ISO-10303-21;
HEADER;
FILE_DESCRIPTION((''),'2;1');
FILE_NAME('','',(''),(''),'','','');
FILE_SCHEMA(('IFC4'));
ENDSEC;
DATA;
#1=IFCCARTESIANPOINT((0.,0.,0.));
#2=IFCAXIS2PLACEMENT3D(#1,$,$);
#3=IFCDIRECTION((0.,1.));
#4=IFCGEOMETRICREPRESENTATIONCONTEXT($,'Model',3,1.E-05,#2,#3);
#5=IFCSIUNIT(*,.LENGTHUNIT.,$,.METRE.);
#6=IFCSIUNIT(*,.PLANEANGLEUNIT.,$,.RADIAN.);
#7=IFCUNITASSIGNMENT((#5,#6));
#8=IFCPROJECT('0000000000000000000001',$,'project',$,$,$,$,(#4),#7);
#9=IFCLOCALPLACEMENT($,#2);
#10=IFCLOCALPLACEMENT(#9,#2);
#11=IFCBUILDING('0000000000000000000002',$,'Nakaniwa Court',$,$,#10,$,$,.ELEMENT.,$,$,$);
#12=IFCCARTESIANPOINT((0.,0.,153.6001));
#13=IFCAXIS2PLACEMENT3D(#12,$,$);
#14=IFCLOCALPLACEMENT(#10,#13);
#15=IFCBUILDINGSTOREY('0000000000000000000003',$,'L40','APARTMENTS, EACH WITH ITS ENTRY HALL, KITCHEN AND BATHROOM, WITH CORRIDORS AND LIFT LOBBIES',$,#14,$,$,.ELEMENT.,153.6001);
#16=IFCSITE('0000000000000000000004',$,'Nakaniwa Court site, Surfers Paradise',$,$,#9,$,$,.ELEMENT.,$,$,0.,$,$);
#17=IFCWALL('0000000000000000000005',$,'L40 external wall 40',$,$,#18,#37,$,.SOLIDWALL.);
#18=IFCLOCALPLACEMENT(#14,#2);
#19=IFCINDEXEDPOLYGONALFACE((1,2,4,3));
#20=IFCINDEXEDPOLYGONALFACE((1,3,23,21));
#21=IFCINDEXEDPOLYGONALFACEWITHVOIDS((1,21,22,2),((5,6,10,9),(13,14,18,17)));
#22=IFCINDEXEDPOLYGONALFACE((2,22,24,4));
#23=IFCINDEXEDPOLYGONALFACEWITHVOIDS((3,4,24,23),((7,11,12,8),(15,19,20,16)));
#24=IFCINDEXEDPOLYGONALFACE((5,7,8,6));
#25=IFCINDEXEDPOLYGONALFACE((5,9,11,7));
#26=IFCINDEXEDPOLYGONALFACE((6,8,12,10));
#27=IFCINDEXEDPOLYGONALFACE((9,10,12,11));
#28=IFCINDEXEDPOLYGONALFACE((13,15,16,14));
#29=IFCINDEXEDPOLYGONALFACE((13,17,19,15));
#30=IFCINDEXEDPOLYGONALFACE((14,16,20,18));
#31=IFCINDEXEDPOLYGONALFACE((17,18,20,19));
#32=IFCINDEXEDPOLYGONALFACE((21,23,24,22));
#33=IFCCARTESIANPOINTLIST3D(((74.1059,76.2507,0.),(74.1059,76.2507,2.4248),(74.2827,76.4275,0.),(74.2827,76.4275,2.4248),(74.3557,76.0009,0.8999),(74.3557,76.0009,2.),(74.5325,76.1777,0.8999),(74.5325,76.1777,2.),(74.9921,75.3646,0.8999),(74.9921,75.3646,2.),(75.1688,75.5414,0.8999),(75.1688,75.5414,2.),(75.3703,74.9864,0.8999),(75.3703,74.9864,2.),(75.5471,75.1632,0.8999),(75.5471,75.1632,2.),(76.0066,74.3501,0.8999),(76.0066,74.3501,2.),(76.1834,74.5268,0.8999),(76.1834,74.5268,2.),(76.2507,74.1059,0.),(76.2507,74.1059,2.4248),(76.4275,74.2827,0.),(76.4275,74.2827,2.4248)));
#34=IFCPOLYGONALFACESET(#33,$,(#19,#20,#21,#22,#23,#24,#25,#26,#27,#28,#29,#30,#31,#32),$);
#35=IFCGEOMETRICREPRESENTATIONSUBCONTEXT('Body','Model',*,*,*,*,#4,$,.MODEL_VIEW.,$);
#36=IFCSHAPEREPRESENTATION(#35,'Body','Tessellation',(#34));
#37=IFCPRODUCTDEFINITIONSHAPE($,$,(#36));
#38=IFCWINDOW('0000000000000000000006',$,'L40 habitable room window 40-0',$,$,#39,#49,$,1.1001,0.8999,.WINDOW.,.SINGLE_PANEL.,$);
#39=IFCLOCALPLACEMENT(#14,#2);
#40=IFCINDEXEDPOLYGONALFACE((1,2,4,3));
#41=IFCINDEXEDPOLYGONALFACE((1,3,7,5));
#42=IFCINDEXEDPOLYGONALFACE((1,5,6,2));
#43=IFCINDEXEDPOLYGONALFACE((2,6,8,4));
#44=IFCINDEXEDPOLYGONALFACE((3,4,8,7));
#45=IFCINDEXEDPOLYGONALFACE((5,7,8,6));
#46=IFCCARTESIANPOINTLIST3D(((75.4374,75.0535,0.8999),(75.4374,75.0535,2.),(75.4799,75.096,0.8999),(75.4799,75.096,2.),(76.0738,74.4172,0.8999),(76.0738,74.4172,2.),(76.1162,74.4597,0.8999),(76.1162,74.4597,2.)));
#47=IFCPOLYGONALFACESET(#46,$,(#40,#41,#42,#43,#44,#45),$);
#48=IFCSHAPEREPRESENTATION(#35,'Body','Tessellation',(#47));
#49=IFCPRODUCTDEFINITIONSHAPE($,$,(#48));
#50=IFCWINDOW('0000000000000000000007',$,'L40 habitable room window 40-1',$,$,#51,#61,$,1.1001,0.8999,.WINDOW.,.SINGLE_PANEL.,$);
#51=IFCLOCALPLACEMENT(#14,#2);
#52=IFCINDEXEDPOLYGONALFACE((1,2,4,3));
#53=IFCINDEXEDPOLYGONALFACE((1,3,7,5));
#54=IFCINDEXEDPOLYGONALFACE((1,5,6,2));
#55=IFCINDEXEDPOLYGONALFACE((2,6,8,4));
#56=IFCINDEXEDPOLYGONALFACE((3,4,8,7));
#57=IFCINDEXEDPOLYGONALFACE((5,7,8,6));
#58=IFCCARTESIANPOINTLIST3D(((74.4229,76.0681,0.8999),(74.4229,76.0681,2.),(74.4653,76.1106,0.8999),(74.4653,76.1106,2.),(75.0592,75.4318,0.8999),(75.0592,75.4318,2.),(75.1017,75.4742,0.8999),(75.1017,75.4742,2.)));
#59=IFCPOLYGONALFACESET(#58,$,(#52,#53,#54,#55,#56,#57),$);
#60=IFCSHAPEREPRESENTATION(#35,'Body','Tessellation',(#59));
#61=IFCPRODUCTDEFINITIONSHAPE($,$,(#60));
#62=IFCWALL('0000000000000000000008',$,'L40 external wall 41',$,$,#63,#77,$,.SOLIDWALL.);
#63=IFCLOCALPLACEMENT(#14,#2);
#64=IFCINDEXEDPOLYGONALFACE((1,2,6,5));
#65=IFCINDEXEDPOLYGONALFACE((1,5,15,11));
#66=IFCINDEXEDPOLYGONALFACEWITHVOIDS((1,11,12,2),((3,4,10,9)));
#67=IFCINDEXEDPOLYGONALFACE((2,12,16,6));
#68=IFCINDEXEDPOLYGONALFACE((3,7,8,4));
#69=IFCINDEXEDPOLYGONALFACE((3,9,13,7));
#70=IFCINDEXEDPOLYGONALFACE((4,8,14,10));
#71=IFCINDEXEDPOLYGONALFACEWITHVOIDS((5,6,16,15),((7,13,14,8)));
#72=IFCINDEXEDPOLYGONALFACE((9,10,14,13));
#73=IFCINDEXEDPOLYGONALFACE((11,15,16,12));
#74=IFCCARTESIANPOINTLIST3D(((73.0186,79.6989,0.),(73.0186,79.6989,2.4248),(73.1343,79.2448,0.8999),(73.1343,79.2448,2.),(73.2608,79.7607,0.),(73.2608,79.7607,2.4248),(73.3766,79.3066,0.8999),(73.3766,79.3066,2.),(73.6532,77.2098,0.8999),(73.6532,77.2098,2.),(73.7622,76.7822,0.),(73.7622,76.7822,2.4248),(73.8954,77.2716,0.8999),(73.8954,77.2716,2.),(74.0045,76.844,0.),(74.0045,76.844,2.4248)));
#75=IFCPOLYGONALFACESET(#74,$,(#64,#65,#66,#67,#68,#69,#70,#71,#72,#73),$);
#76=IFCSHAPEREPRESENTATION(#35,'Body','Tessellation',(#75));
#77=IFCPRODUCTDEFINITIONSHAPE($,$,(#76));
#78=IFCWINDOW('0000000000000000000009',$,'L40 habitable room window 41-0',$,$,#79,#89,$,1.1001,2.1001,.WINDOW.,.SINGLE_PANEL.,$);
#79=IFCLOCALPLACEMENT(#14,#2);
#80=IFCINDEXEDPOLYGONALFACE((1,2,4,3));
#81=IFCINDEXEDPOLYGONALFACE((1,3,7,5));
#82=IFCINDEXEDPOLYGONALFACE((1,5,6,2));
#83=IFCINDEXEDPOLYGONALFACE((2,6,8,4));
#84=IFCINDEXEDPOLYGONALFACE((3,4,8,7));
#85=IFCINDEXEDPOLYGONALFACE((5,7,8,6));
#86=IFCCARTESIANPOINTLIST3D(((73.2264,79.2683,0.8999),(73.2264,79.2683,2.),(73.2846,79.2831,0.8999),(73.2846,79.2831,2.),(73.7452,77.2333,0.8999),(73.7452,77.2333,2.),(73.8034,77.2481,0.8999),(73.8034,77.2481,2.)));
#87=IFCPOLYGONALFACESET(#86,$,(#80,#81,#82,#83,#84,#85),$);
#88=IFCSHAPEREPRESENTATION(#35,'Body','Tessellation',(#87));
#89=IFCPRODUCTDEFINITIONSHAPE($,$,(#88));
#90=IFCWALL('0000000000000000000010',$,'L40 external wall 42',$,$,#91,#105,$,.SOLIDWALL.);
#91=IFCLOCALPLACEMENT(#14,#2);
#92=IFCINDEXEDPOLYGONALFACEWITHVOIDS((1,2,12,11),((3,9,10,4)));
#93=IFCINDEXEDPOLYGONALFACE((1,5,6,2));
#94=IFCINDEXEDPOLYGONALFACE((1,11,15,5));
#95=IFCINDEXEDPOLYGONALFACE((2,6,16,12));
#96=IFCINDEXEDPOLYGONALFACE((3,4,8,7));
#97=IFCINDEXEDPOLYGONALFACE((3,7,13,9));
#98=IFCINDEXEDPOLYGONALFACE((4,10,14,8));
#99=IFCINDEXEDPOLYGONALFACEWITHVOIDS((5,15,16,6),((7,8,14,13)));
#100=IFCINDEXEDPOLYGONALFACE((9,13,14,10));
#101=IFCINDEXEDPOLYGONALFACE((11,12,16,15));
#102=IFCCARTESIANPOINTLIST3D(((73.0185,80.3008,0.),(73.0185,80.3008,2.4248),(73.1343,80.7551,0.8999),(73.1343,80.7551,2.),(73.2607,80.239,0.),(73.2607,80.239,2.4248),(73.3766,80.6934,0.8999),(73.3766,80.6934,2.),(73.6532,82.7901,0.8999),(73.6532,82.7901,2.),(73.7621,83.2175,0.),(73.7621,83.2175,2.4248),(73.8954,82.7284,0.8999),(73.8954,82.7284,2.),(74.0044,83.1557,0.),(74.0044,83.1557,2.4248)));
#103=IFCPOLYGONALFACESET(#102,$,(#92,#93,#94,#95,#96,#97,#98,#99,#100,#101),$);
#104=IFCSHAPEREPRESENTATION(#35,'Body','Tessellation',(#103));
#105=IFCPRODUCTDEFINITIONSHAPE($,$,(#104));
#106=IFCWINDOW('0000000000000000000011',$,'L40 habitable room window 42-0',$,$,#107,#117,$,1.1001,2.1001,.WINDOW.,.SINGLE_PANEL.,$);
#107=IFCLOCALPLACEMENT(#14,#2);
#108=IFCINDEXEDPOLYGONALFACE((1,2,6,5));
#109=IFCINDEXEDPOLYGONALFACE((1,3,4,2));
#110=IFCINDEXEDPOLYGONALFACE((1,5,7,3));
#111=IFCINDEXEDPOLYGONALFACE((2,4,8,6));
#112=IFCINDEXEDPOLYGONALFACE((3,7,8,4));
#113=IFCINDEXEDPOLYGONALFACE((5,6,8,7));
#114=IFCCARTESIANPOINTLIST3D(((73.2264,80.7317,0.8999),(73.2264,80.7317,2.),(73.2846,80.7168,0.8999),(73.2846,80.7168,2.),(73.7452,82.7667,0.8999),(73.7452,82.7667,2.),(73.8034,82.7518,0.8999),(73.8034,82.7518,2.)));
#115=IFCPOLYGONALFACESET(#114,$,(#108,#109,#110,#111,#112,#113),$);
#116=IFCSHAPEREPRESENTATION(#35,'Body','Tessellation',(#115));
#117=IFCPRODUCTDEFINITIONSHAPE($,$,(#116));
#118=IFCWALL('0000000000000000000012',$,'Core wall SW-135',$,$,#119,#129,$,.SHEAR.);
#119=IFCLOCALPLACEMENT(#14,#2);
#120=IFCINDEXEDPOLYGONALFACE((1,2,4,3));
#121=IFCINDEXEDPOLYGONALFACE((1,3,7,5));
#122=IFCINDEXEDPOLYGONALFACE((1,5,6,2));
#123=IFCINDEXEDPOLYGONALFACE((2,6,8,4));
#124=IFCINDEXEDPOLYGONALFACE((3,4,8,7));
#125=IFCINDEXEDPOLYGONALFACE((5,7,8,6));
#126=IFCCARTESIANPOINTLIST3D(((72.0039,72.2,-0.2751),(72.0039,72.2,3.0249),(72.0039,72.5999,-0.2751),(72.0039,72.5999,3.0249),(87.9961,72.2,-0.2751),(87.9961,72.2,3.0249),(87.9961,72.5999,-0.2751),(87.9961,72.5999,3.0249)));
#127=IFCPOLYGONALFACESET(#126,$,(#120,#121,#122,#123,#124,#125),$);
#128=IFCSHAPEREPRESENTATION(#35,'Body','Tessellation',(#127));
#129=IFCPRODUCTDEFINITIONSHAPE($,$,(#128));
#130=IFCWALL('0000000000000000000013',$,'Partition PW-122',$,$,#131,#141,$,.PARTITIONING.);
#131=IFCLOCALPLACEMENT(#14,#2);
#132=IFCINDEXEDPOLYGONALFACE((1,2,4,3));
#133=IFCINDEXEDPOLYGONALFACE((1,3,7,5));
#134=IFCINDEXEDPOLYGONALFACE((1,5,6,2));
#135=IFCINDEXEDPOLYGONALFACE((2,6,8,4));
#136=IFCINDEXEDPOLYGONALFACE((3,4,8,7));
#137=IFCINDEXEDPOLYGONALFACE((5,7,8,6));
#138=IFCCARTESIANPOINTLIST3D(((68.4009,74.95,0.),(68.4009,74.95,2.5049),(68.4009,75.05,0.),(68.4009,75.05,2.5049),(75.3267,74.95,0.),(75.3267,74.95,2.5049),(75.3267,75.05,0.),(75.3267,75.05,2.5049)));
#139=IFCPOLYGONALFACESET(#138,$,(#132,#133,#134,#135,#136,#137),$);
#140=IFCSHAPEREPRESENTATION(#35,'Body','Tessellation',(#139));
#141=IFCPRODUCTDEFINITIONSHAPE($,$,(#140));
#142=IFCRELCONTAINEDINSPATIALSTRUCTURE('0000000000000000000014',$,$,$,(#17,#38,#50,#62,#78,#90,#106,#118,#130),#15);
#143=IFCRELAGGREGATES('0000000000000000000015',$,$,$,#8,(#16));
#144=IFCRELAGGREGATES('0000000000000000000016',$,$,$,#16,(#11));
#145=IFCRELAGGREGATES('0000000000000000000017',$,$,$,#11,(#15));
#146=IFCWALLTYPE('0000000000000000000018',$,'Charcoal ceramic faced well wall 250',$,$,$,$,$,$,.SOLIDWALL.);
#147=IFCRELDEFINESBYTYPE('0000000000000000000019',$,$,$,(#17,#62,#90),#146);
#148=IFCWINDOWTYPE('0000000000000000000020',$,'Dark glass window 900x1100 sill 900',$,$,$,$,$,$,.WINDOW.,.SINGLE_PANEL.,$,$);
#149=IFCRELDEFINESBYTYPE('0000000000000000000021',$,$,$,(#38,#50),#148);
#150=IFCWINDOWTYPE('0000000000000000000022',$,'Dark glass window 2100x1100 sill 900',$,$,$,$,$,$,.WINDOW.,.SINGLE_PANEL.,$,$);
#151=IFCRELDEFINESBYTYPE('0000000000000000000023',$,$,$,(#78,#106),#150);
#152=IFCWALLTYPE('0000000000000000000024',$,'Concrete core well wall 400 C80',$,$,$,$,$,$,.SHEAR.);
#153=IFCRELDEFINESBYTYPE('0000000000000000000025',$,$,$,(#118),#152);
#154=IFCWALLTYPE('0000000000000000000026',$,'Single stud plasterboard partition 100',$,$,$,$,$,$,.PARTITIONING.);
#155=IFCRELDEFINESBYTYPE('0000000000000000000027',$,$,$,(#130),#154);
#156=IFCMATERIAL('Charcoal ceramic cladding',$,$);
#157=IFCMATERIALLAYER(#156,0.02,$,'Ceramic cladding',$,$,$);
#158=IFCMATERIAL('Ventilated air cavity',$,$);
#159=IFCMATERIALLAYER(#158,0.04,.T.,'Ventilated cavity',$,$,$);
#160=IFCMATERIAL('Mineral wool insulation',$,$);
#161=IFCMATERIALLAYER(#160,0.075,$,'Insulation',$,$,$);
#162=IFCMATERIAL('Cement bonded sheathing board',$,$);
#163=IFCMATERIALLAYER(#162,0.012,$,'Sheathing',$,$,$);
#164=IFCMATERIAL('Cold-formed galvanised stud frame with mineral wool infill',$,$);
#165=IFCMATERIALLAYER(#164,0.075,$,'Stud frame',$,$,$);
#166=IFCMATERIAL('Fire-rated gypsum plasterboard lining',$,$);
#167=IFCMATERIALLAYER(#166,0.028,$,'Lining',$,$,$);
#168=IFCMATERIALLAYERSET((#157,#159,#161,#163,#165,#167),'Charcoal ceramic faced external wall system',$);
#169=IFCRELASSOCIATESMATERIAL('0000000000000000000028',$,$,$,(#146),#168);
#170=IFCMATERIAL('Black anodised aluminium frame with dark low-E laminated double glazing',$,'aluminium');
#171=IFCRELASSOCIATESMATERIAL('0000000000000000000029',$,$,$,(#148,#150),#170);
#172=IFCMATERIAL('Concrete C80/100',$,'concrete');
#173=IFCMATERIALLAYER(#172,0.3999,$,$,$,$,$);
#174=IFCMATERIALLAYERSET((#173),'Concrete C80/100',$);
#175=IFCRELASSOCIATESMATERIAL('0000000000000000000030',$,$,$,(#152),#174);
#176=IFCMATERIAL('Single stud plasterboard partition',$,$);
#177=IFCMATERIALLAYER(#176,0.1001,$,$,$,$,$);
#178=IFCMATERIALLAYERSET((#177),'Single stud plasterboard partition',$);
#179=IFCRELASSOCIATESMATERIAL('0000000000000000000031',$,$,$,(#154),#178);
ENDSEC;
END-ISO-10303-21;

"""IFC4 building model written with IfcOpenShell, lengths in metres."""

from ifc_helpers import new_model, si_unit, direction, frame, frame_2d, origin, place, context, subcontext, project, spatial, rectangle, extrude, material, layer, layer_set, type_object, element, fill, save


model = new_model("IFC4")

# Units and contexts
model_context = context("Model", 3, precision=1e-05, world=origin(), true_north=direction((0.0, 1.0)))
body_context = subcontext(model_context, "Body", "Model", "MODEL_VIEW")
ifc_project = project(units=[si_unit("LENGTHUNIT", "METRE"), si_unit("PLANEANGLEUNIT", "RADIAN")], contexts=[model_context])

# Site, building, storey
site_placement = place(None, origin())
site = spatial("IfcSite", under=ifc_project, at=site_placement, Name="Nakaniwa Court site, Surfers Paradise", CompositionType="ELEMENT", RefElevation=0.0)
building_placement = place(site_placement, origin())
building = spatial("IfcBuilding", under=site, at=building_placement, Name="Nakaniwa Court", CompositionType="ELEMENT")
storey_placement = place(building_placement, frame((0.0, 0.0, 153.6001)))
storey = spatial("IfcBuildingStorey", under=building, at=storey_placement, Name="L40", Description="APARTMENTS, EACH WITH ITS ENTRY HALL, KITCHEN AND BATHROOM, WITH CORRIDORS AND LIFT LOBBIES", CompositionType="ELEMENT", Elevation=153.6001)

# Shared definitions
ifc_material_1 = material(Name="Concrete C80/100", Category="concrete")

# Wall, openings, windows
ifc_material_2 = material(Name="Charcoal ceramic cladding")
ifc_layer_1 = layer(ifc_material_2, 0.02, Name="Ceramic cladding")
ifc_material_3 = material(Name="Ventilated air cavity")
ifc_layer_2 = layer(ifc_material_3, 0.04, ventilated=True, Name="Ventilated cavity")
ifc_material_4 = material(Name="Mineral wool insulation")
ifc_layer_3 = layer(ifc_material_4, 0.075, Name="Insulation")
ifc_material_5 = material(Name="Cement bonded sheathing board")
ifc_layer_4 = layer(ifc_material_5, 0.012, Name="Sheathing")
ifc_material_6 = material(Name="Cold-formed galvanised stud frame with mineral wool infill")
ifc_layer_5 = layer(ifc_material_6, 0.075, Name="Stud frame")
ifc_material_7 = material(Name="Fire-rated gypsum plasterboard lining")
ifc_layer_6 = layer(ifc_material_7, 0.028, Name="Lining")
ifc_layer_set_1 = layer_set([ifc_layer_1, ifc_layer_2, ifc_layer_3, ifc_layer_4, ifc_layer_5, ifc_layer_6], Name="Charcoal ceramic faced external wall system")
wall_type_1 = type_object("IfcWallType", Name="Charcoal ceramic faced well wall 250", PredefinedType="SOLIDWALL", material=ifc_layer_set_1)
wall_1_placement = place(storey_placement, frame((76.3391, 74.1943, 0.0), z_axis=(0.0, 0.0, 1.0), x_axis=(-0.707107, 0.707107, 0.0)))
wall_1 = element("IfcWall", 1, at=wall_1_placement, inside=storey, type_object=wall_type_1, Name="L40 external wall 40", PredefinedType="SOLIDWALL", context=body_context, shape_type="SweptSolid", body=[
    extrude(rectangle(XDim=3.0332, YDim=0.25, at=frame_2d((1.5166, 0.0))), origin(), (0.0, 0.0, 1.0), 2.4248),
])
opening_1_placement = place(wall_1_placement, frame((0.3452, 0.0, 0.8999)))
opening_1 = element("IfcOpeningElement", 2, at=opening_1_placement, cuts=wall_1, PredefinedType="OPENING", context=body_context, shape_type="SweptSolid", body=[
    extrude(rectangle(XDim=0.8999, YDim=1.1001, at=frame_2d((0.45, 0.55))), frame((0.0, 0.135, 0.0), z_axis=(0.0, -1.0, 0.0), x_axis=(1.0, 0.0, 0.0)), (0.0, 0.0, 1.0), 0.27),
])
opening_2_placement = place(wall_1_placement, frame((1.78, 0.0, 0.8999)))
opening_2 = element("IfcOpeningElement", 3, at=opening_2_placement, cuts=wall_1, PredefinedType="OPENING", context=body_context, shape_type="SweptSolid", body=[
    extrude(rectangle(XDim=0.8999, YDim=1.1001, at=frame_2d((0.45, 0.55))), frame((0.0, 0.135, 0.0), z_axis=(0.0, -1.0, 0.0), x_axis=(1.0, 0.0, 0.0)), (0.0, 0.0, 1.0), 0.27),
])
ifc_material_8 = material(Name="Black anodised aluminium frame with dark low-E laminated double glazing", Category="aluminium")
window_type_1 = type_object("IfcWindowType", Name="Dark glass window 900x1100 sill 900", PartitioningType="SINGLE_PANEL", PredefinedType="WINDOW", material=ifc_material_8)
window_1_placement = place(opening_1_placement, origin())
window_1 = element("IfcWindow", 4, at=window_1_placement, inside=storey, type_object=window_type_1, Name="L40 habitable room window 40-0", OverallHeight=1.1001, OverallWidth=0.8999, PartitioningType="SINGLE_PANEL", PredefinedType="WINDOW", context=body_context, shape_type="SweptSolid", body=[
    extrude(rectangle(XDim=0.8999, YDim=1.1001, at=frame_2d((0.45, 0.55))), frame((0.0, 0.03, 0.0), z_axis=(0.0, -1.0, 0.0), x_axis=(1.0, 0.0, 0.0)), (0.0, 0.0, 1.0), 0.0601),
])
fill(opening_1, window_1)
window_2_placement = place(opening_2_placement, origin())
window_2 = element("IfcWindow", 5, at=window_2_placement, inside=storey, type_object=window_type_1, Name="L40 habitable room window 40-1", OverallHeight=1.1001, OverallWidth=0.8999, PartitioningType="SINGLE_PANEL", PredefinedType="WINDOW", context=body_context, shape_type="SweptSolid", body=[
    extrude(rectangle(XDim=0.8999, YDim=1.1001, at=frame_2d((0.45, 0.55))), frame((0.0, 0.03, 0.0), z_axis=(0.0, -1.0, 0.0), x_axis=(1.0, 0.0, 0.0)), (0.0, 0.0, 1.0), 0.0601),
])
fill(opening_2, window_2)

# Walls, openings, windows
wall_2_placement = place(storey_placement, frame((73.8833, 76.8132, 0.0), z_axis=(0.0, 0.0, 1.0), x_axis=(-0.247056, 0.969001, 0.0)))
wall_2 = element("IfcWall", 6, at=wall_2_placement, inside=storey, type_object=wall_type_1, Name="L40 external wall 41", PredefinedType="SOLIDWALL", context=body_context, shape_type="SweptSolid", body=[
    extrude(rectangle(XDim=3.01, YDim=0.25, at=frame_2d((1.5049, 0.0))), origin(), (0.0, 0.0, 1.0), 2.4248),
])
opening_3_placement = place(wall_2_placement, frame((0.4412, 0.0, 0.8999)))
opening_3 = element("IfcOpeningElement", 7, at=opening_3_placement, cuts=wall_2, PredefinedType="OPENING", context=body_context, shape_type="SweptSolid", body=[
    extrude(rectangle(XDim=2.1001, YDim=1.1001, at=frame_2d((1.05, 0.55))), frame((0.0, 0.135, 0.0), z_axis=(0.0, -1.0, 0.0), x_axis=(1.0, 0.0, 0.0)), (0.0, 0.0, 1.0), 0.27),
])
window_type_2 = type_object("IfcWindowType", Name="Dark glass window 2100x1100 sill 900", PartitioningType="SINGLE_PANEL", PredefinedType="WINDOW", material=ifc_material_8)
window_3_placement = place(opening_3_placement, origin())
window_3 = element("IfcWindow", 8, at=window_3_placement, inside=storey, type_object=window_type_2, Name="L40 habitable room window 41-0", OverallHeight=1.1001, OverallWidth=2.1001, PartitioningType="SINGLE_PANEL", PredefinedType="WINDOW", context=body_context, shape_type="SweptSolid", body=[
    extrude(rectangle(XDim=2.1001, YDim=1.1001, at=frame_2d((1.05, 0.55))), frame((0.0, 0.03, 0.0), z_axis=(0.0, -1.0, 0.0), x_axis=(1.0, 0.0, 0.0)), (0.0, 0.0, 1.0), 0.0601),
])
fill(opening_3, window_3)
wall_3_placement = place(storey_placement, frame((73.1396, 80.27, 0.0), z_axis=(0.0, 0.0, 1.0), x_axis=(0.247056, 0.969001, 0.0)))
wall_3 = element("IfcWall", 9, at=wall_3_placement, inside=storey, type_object=wall_type_1, Name="L40 external wall 42", PredefinedType="SOLIDWALL", context=body_context, shape_type="SweptSolid", body=[
    extrude(rectangle(XDim=3.01, YDim=0.25, at=frame_2d((1.5049, 0.0))), origin(), (0.0, 0.0, 1.0), 2.4248),
])
opening_4_placement = place(wall_3_placement, frame((0.4688, 0.0, 0.8999)))
opening_4 = element("IfcOpeningElement", 10, at=opening_4_placement, cuts=wall_3, PredefinedType="OPENING", context=body_context, shape_type="SweptSolid", body=[
    extrude(rectangle(XDim=2.1001, YDim=1.1001, at=frame_2d((1.05, 0.55))), frame((0.0, 0.135, 0.0), z_axis=(0.0, -1.0, 0.0), x_axis=(1.0, 0.0, 0.0)), (0.0, 0.0, 1.0), 0.27),
])
window_4_placement = place(opening_4_placement, origin())
window_4 = element("IfcWindow", 11, at=window_4_placement, inside=storey, type_object=window_type_2, Name="L40 habitable room window 42-0", OverallHeight=1.1001, OverallWidth=2.1001, PartitioningType="SINGLE_PANEL", PredefinedType="WINDOW", context=body_context, shape_type="SweptSolid", body=[
    extrude(rectangle(XDim=2.1001, YDim=1.1001, at=frame_2d((1.05, 0.55))), frame((0.0, 0.03, 0.0), z_axis=(0.0, -1.0, 0.0), x_axis=(1.0, 0.0, 0.0)), (0.0, 0.0, 1.0), 0.0601),
])
fill(opening_4, window_4)

# Walls
ifc_layer_7 = layer(ifc_material_1, 0.3999)
ifc_layer_set_2 = layer_set([ifc_layer_7], Name="Concrete C80/100")
wall_type_2 = type_object("IfcWallType", Name="Concrete core well wall 400 C80", PredefinedType="SHEAR", material=ifc_layer_set_2)
wall_4_placement = place(storey_placement, frame((72.0039, 72.3999, -0.2751), z_axis=(0.0, 0.0, 1.0), x_axis=(1.0, 0.0, 0.0)))
element("IfcWall", 12, at=wall_4_placement, inside=storey, type_object=wall_type_2, Name="Core wall SW-135", PredefinedType="SHEAR", context=body_context, shape_type="SweptSolid", body=[
    extrude(rectangle(XDim=15.9922, YDim=0.3999, at=frame_2d((7.9961, 0.0))), origin(), (0.0, 0.0, 1.0), 3.3),
])
ifc_material_9 = material(Name="Single stud plasterboard partition")
ifc_layer_8 = layer(ifc_material_9, 0.1001)
ifc_layer_set_3 = layer_set([ifc_layer_8], Name="Single stud plasterboard partition")
wall_type_3 = type_object("IfcWallType", Name="Single stud plasterboard partition 100", PredefinedType="PARTITIONING", material=ifc_layer_set_3)
wall_5_placement = place(storey_placement, frame((68.4009, 75.0, 0.0), z_axis=(0.0, 0.0, 1.0), x_axis=(1.0, 0.0, 0.0)))
element("IfcWall", 13, at=wall_5_placement, inside=storey, type_object=wall_type_3, Name="Partition PW-122", PredefinedType="PARTITIONING", context=body_context, shape_type="SweptSolid", body=[
    extrude(rectangle(XDim=6.9258, YDim=0.1001, at=frame_2d((3.4629, 0.0))), origin(), (0.0, 0.0, 1.0), 2.5049),
])

save(model, "model.ifc")
